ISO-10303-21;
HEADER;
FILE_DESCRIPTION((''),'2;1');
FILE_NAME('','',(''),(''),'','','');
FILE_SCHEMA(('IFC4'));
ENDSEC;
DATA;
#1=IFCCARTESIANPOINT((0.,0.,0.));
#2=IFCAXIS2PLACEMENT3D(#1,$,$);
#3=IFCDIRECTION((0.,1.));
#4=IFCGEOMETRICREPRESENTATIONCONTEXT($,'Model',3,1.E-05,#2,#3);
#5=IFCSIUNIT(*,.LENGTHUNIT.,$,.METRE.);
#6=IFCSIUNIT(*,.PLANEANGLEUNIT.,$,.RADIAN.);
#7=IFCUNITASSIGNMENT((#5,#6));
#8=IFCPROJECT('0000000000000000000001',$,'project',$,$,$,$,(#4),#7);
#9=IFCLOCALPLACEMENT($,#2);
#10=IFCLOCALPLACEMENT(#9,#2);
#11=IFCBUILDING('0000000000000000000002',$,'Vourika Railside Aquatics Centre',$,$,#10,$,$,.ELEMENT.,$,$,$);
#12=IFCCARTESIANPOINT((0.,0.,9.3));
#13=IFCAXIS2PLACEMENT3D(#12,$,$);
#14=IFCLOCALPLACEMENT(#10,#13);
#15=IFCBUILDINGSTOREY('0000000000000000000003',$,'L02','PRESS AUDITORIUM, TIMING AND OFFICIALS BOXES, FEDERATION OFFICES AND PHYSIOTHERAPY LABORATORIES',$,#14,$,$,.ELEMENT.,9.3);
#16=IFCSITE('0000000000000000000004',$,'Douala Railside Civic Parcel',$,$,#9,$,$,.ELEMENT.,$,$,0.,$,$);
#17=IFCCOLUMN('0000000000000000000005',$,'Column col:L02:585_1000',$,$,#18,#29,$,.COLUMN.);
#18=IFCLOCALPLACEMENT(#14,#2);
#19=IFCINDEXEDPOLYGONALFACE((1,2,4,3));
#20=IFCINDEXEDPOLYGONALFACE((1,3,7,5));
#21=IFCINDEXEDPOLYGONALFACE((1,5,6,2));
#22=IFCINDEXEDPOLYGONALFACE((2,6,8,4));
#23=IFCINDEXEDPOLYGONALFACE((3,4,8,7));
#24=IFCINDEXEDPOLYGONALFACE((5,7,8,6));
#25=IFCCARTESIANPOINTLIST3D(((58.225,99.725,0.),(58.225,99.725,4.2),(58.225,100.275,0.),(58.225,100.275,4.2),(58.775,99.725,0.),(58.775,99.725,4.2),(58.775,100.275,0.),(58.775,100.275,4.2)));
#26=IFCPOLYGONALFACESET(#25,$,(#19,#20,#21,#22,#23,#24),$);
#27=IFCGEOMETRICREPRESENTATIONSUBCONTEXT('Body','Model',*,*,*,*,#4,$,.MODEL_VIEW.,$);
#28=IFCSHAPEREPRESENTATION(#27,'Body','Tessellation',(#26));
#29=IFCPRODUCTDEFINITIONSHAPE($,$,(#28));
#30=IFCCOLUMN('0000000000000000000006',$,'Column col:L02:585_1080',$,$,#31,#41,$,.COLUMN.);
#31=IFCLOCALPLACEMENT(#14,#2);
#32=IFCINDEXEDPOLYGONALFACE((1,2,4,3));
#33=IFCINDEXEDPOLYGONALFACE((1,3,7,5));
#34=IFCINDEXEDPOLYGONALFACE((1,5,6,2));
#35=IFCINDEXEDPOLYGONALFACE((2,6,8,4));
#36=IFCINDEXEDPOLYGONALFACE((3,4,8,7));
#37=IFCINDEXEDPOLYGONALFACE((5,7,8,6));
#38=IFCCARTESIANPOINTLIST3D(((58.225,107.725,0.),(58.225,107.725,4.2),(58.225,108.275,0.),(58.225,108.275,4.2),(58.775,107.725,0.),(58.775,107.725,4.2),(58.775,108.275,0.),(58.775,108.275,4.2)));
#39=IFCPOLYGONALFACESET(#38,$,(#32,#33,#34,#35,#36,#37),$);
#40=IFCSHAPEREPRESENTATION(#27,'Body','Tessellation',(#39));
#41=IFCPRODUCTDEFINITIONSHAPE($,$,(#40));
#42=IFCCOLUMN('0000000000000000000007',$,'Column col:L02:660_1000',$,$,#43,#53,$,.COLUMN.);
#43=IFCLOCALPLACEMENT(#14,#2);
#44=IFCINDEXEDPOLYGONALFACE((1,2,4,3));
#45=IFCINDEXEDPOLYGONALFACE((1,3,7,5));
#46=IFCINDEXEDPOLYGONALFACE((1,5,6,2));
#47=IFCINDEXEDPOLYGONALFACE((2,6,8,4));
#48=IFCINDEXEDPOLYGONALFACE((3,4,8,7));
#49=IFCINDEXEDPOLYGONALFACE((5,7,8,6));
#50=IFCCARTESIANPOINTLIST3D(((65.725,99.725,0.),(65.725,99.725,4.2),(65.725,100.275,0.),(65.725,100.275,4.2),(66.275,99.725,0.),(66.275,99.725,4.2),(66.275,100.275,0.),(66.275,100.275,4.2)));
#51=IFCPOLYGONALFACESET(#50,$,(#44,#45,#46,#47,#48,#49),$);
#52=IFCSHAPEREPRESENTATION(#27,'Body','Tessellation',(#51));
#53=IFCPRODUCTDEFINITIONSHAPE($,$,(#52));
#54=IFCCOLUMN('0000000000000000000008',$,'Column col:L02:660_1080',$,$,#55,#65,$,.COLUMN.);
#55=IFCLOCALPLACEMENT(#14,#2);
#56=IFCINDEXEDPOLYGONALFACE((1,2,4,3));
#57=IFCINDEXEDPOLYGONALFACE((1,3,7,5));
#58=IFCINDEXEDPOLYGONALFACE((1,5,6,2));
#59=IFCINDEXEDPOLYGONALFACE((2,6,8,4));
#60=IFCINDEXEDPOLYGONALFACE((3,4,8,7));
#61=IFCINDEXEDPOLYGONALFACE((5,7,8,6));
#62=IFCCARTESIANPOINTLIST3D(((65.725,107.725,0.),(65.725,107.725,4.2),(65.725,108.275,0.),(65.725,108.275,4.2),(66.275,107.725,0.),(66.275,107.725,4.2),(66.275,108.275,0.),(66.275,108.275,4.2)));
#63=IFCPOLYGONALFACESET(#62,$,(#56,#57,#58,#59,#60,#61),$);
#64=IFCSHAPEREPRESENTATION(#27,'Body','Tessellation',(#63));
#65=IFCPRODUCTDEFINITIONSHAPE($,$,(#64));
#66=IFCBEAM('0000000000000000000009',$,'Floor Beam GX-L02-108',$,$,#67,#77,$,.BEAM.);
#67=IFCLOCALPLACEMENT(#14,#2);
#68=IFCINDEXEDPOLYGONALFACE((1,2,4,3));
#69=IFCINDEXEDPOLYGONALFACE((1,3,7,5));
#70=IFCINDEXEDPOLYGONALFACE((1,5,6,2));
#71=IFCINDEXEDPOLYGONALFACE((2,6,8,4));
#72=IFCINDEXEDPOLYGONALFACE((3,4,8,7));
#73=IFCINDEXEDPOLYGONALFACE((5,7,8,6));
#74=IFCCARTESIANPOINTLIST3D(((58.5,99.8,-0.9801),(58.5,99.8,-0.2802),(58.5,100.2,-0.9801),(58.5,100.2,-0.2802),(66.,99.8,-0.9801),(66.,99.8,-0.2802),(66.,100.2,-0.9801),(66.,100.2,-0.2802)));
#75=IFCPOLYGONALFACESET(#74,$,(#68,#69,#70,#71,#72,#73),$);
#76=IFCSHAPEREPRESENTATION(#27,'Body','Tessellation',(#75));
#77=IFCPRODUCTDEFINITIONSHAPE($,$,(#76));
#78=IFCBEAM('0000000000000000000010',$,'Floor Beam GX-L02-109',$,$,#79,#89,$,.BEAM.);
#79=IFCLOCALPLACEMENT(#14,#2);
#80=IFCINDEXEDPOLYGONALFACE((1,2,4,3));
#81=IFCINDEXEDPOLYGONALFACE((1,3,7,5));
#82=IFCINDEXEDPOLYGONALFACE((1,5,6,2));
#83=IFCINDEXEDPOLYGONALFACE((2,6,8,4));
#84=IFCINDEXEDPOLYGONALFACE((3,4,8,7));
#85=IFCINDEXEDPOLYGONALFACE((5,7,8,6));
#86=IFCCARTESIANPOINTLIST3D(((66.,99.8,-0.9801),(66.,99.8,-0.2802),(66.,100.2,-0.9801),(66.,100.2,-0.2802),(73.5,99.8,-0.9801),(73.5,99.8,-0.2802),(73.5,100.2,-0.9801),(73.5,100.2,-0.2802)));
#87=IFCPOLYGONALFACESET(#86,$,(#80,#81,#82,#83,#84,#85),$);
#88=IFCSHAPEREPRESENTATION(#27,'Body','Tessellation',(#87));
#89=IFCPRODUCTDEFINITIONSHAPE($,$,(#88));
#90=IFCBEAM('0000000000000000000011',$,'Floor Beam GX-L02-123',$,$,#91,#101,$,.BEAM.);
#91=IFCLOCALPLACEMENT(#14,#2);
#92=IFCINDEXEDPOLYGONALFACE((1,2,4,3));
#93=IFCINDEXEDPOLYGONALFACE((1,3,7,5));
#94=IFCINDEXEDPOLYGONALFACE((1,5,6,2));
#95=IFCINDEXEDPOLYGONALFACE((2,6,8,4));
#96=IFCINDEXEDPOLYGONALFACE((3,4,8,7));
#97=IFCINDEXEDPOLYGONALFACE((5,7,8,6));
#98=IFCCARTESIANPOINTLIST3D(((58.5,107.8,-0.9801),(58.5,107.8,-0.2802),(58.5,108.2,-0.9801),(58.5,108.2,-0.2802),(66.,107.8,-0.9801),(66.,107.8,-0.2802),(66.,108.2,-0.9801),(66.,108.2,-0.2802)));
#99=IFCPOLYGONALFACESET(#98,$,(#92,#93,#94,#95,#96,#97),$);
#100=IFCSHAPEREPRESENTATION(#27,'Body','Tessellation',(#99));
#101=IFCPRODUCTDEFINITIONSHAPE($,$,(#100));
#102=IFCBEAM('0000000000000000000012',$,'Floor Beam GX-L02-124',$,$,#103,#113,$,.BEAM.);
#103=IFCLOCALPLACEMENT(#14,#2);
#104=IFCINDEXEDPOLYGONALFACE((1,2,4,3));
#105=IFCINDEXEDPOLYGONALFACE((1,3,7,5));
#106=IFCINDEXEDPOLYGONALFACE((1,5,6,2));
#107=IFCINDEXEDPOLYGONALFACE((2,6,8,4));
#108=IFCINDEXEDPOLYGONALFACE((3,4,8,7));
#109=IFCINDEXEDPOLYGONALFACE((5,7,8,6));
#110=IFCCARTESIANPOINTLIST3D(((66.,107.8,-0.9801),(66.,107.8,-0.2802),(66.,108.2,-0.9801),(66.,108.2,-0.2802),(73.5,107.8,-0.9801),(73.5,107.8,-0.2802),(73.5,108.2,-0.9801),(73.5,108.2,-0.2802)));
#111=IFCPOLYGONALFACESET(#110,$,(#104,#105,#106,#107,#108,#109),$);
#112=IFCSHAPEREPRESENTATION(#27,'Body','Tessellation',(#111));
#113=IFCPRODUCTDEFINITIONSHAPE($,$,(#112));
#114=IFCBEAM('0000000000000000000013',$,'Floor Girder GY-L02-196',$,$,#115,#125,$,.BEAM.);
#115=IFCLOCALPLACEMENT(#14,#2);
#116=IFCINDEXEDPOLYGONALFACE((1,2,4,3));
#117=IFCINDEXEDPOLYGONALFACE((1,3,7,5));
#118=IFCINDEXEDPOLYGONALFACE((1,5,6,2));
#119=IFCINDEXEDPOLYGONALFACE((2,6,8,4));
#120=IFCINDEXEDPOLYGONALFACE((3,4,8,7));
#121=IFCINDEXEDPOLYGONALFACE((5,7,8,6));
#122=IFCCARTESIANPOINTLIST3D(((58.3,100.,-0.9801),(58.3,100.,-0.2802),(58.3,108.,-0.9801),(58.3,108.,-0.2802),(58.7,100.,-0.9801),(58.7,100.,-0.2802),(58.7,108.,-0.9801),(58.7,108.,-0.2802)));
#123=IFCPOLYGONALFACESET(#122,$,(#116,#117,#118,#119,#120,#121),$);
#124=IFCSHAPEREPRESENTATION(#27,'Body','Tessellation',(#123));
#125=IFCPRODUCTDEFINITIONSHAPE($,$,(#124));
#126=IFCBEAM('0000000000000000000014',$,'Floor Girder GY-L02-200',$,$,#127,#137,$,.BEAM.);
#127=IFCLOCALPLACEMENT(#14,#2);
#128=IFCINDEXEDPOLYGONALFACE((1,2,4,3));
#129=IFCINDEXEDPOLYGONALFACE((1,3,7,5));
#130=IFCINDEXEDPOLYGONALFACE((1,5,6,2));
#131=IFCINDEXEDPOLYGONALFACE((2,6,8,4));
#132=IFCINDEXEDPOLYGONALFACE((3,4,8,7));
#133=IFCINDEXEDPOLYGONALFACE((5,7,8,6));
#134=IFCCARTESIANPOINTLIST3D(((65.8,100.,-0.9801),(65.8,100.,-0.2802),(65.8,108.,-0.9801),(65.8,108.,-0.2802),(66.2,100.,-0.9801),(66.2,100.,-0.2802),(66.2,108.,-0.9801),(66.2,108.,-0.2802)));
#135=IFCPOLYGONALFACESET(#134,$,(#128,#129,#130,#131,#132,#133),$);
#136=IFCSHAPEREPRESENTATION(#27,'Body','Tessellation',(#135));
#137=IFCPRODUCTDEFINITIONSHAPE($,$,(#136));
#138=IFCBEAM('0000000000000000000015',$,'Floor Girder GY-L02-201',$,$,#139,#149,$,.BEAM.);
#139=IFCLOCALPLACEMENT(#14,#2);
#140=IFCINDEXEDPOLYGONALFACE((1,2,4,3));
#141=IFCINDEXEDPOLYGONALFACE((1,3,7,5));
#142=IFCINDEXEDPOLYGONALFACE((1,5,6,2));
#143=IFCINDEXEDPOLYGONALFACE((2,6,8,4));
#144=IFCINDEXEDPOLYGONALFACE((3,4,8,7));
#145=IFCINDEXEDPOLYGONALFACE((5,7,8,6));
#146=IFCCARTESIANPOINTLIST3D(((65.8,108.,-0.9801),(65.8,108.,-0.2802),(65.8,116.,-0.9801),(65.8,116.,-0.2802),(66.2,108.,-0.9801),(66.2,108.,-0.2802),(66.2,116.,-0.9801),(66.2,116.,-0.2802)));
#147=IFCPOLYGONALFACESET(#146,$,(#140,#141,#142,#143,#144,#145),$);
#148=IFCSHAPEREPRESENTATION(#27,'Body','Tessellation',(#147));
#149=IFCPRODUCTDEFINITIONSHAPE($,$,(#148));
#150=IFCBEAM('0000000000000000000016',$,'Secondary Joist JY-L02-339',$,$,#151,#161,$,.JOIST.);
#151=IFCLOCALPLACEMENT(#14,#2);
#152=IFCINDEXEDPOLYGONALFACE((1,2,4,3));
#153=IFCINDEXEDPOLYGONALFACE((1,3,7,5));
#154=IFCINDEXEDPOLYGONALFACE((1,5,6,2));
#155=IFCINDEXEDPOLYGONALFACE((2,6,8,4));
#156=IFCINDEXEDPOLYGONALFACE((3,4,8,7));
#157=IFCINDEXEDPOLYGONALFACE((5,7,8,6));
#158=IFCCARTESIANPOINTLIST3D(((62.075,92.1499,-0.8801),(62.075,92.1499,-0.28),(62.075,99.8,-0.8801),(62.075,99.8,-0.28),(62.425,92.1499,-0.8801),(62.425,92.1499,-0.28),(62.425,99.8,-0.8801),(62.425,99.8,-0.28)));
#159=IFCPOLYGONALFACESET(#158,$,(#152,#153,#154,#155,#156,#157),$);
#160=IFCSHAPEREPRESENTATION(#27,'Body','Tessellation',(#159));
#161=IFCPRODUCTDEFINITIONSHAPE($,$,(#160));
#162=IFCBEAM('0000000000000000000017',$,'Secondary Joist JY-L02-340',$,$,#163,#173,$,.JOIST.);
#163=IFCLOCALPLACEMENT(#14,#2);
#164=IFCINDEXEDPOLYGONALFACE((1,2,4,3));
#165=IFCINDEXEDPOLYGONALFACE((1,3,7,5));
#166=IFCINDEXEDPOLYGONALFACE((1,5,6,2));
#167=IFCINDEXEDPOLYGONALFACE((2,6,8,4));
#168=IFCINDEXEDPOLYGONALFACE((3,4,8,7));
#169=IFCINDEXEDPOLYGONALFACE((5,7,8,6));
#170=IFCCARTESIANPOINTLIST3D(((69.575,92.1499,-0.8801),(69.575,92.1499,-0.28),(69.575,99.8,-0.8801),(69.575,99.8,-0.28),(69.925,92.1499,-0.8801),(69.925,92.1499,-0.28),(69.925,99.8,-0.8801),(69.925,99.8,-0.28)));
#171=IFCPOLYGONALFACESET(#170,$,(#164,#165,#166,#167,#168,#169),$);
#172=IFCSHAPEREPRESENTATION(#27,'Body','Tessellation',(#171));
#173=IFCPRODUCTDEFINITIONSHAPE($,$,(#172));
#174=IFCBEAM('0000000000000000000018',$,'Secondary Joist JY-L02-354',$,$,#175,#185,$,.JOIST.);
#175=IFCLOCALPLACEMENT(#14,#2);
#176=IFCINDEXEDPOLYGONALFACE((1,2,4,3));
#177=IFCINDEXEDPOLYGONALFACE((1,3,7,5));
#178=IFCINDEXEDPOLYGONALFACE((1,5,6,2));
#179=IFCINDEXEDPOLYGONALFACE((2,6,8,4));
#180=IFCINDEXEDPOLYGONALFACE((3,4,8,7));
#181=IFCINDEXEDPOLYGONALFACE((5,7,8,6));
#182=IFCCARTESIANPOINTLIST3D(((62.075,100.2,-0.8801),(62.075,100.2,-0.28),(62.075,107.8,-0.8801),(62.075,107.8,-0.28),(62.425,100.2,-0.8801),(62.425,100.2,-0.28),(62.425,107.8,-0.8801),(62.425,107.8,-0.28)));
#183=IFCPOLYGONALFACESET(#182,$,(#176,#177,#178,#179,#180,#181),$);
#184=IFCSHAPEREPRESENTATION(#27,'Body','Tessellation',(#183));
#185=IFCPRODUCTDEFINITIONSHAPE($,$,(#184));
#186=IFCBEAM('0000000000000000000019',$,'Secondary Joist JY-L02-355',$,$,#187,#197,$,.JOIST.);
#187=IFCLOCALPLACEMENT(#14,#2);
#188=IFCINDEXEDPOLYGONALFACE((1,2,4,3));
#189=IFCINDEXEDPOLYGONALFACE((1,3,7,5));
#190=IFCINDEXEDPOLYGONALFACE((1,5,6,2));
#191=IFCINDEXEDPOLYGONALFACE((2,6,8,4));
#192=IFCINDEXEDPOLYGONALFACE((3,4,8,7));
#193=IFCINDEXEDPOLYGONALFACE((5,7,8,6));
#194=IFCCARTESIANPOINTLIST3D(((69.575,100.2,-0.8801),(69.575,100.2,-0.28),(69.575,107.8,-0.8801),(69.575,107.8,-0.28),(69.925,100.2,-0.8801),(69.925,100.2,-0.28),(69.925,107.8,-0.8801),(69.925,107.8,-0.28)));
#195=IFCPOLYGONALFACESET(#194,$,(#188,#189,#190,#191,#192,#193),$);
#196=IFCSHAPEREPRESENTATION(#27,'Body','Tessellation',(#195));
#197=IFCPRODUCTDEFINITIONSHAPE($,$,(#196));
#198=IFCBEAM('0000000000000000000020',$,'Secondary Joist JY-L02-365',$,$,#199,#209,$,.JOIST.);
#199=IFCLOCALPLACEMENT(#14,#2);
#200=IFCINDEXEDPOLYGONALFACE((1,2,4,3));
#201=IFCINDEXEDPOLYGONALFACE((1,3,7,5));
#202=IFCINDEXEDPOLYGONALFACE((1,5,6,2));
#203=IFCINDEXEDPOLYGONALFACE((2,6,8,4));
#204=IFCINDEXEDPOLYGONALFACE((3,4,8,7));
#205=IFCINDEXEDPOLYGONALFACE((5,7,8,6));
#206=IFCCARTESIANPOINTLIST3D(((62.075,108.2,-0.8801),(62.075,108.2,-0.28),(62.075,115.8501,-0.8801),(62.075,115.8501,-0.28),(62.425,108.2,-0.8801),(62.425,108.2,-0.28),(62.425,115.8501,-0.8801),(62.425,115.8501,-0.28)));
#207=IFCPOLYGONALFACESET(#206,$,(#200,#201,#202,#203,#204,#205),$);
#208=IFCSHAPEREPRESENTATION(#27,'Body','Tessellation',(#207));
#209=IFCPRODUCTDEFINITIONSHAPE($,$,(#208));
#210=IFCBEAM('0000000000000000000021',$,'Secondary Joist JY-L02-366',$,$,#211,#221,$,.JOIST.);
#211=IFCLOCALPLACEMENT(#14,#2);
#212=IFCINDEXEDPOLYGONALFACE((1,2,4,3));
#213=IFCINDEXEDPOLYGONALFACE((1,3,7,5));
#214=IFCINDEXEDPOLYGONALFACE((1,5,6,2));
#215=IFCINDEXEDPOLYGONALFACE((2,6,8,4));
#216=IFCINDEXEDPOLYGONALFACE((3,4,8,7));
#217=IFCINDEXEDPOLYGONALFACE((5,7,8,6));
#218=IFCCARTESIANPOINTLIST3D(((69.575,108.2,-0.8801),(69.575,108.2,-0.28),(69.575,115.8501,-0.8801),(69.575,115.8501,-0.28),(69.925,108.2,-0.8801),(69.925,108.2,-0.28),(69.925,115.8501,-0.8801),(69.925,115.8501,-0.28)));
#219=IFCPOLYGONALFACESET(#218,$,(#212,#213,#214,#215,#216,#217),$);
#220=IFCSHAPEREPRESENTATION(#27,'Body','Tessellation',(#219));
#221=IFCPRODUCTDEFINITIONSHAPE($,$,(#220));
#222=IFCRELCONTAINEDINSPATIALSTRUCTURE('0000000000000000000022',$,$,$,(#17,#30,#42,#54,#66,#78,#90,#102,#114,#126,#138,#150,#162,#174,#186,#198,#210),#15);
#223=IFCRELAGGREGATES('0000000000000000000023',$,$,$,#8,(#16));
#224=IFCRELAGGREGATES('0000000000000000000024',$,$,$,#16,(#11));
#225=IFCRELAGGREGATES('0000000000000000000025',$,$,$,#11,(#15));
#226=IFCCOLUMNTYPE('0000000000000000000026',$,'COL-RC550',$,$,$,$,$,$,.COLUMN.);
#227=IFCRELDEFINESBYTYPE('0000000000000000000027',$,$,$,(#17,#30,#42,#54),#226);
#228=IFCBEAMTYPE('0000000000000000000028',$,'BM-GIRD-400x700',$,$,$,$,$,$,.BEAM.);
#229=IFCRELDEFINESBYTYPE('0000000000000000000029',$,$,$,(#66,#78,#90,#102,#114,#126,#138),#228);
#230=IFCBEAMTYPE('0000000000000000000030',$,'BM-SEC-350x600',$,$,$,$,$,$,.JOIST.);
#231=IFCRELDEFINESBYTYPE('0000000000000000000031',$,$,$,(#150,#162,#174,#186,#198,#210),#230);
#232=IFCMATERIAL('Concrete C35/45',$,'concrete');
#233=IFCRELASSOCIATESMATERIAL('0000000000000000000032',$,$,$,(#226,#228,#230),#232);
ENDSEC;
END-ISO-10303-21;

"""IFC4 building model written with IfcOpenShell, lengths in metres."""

from ifc_helpers import new_model, si_unit, direction, frame, origin, origin_2d, place, context, subcontext, project, spatial, rectangle, extrude, material, material_profile, profile_set, type_object, element, save


model = new_model("IFC4")

# Units and contexts
model_context = context("Model", 3, precision=1e-05, world=origin(), true_north=direction((0.0, 1.0)))
body_context = subcontext(model_context, "Body", "Model", "MODEL_VIEW")
ifc_project = project(units=[si_unit("LENGTHUNIT", "METRE"), si_unit("PLANEANGLEUNIT", "RADIAN")], contexts=[model_context])

# Site, building, storey
site_placement = place(None, origin())
site = spatial("IfcSite", under=ifc_project, at=site_placement, Name="Douala Railside Civic Parcel", CompositionType="ELEMENT", RefElevation=0.0)
building_placement = place(site_placement, origin())
building = spatial("IfcBuilding", under=site, at=building_placement, Name="Vourika Railside Aquatics Centre", CompositionType="ELEMENT")
storey_placement = place(building_placement, frame((0.0, 0.0, 9.3)))
storey = spatial("IfcBuildingStorey", under=building, at=storey_placement, Name="L02", Description="PRESS AUDITORIUM, TIMING AND OFFICIALS BOXES, FEDERATION OFFICES AND PHYSIOTHERAPY LABORATORIES", CompositionType="ELEMENT", Elevation=9.3)

# Columns
ifc_material_1 = material(Name="Concrete C35/45", Category="concrete")
ifc_material_profile_1 = material_profile(ifc_material_1, rectangle(XDim=0.55, YDim=0.55, at=origin_2d()), Name="RC 550x550")
ifc_profile_set_1 = profile_set([ifc_material_profile_1], Name="Concrete C35/45")
column_type = type_object("IfcColumnType", Name="COL-RC550", PredefinedType="COLUMN", material=ifc_profile_set_1)
for number, where, z_axis, x_axis, name in (
    (1, (58.5, 100.0, 0.0), (0.0, 0.0, 1.0), (1.0, 0.0, 0.0), "Column col:L02:585_1000"),
    (2, (58.5, 108.0, 0.0), (0.0, 0.0, 1.0), (1.0, 0.0, 0.0), "Column col:L02:585_1080"),
    (3, (66.0, 100.0, 0.0), (0.0, 0.0, 1.0), (1.0, 0.0, 0.0), "Column col:L02:660_1000"),
    (4, (66.0, 108.0, 0.0), (0.0, 0.0, 1.0), (1.0, 0.0, 0.0), "Column col:L02:660_1080"),
):
    element("IfcColumn", number, at=place(storey_placement, frame(where, z_axis=z_axis, x_axis=x_axis)), inside=storey, type_object=column_type, Name=name, PredefinedType="COLUMN", context=body_context, shape_type="SweptSolid", body=[
        extrude(rectangle(XDim=0.55, YDim=0.55, at=origin_2d()), origin(), (0.0, 0.0, 1.0), 4.2),
    ])

# Beams
ifc_material_profile_2 = material_profile(ifc_material_1, rectangle(XDim=0.3999, YDim=0.7, at=origin_2d()), Name="RC 400x700")
ifc_profile_set_2 = profile_set([ifc_material_profile_2], Name="Concrete C35/45")
beam_type_1 = type_object("IfcBeamType", Name="BM-GIRD-400x700", PredefinedType="BEAM", material=ifc_profile_set_2)
for number, where, z_axis, x_axis, name in (
    (5, (58.5, 100.0, -0.6301), (1.0, 0.0, 0.0), (0.0, 1.0, 0.0), "Floor Beam GX-L02-108"),
    (6, (66.0, 100.0, -0.6301), (1.0, 0.0, 0.0), (0.0, 1.0, 0.0), "Floor Beam GX-L02-109"),
    (7, (58.5, 108.0, -0.6301), (1.0, 0.0, 0.0), (0.0, 1.0, 0.0), "Floor Beam GX-L02-123"),
    (8, (66.0, 108.0, -0.6301), (1.0, 0.0, 0.0), (0.0, 1.0, 0.0), "Floor Beam GX-L02-124"),
):
    element("IfcBeam", number, at=place(storey_placement, frame(where, z_axis=z_axis, x_axis=x_axis)), inside=storey, type_object=beam_type_1, Name=name, PredefinedType="BEAM", context=body_context, shape_type="SweptSolid", body=[
        extrude(rectangle(XDim=0.3999, YDim=0.7, at=origin_2d()), origin(), (0.0, 0.0, 1.0), 7.5),
    ])
for number, where, z_axis, x_axis, name in (
    (9, (58.5, 100.0, -0.6301), (0.0, 1.0, 0.0), (-1.0, 0.0, 0.0), "Floor Girder GY-L02-196"),
    (10, (66.0, 100.0, -0.6301), (0.0, 1.0, 0.0), (-1.0, 0.0, 0.0), "Floor Girder GY-L02-200"),
    (11, (66.0, 108.0, -0.6301), (0.0, 1.0, 0.0), (-1.0, 0.0, 0.0), "Floor Girder GY-L02-201"),
):
    element("IfcBeam", number, at=place(storey_placement, frame(where, z_axis=z_axis, x_axis=x_axis)), inside=storey, type_object=beam_type_1, Name=name, PredefinedType="BEAM", context=body_context, shape_type="SweptSolid", body=[
        extrude(rectangle(XDim=0.3999, YDim=0.7, at=origin_2d()), origin(), (0.0, 0.0, 1.0), 8.0),
    ])
ifc_material_profile_3 = material_profile(ifc_material_1, rectangle(XDim=0.3501, YDim=0.6001, at=origin_2d()), Name="RC 350x600")
ifc_profile_set_3 = profile_set([ifc_material_profile_3], Name="Concrete C35/45")
beam_type_2 = type_object("IfcBeamType", Name="BM-SEC-350x600", PredefinedType="JOIST", material=ifc_profile_set_3)
for number, where, z_axis, x_axis, name in (
    (12, (62.25, 92.1499, -0.5801), (0.0, 1.0, 0.0), (-1.0, 0.0, 0.0), "Secondary Joist JY-L02-339"),
    (13, (69.75, 92.1499, -0.5801), (0.0, 1.0, 0.0), (-1.0, 0.0, 0.0), "Secondary Joist JY-L02-340"),
):
    element("IfcBeam", number, at=place(storey_placement, frame(where, z_axis=z_axis, x_axis=x_axis)), inside=storey, type_object=beam_type_2, Name=name, PredefinedType="JOIST", context=body_context, shape_type="SweptSolid", body=[
        extrude(rectangle(XDim=0.3501, YDim=0.6001, at=origin_2d()), origin(), (0.0, 0.0, 1.0), 7.6501),
    ])
for number, where, z_axis, x_axis, name in (
    (14, (62.25, 100.2, -0.5801), (0.0, 1.0, 0.0), (-1.0, 0.0, 0.0), "Secondary Joist JY-L02-354"),
    (15, (69.75, 100.2, -0.5801), (0.0, 1.0, 0.0), (-1.0, 0.0, 0.0), "Secondary Joist JY-L02-355"),
):
    element("IfcBeam", number, at=place(storey_placement, frame(where, z_axis=z_axis, x_axis=x_axis)), inside=storey, type_object=beam_type_2, Name=name, PredefinedType="JOIST", context=body_context, shape_type="SweptSolid", body=[
        extrude(rectangle(XDim=0.3501, YDim=0.6001, at=origin_2d()), origin(), (0.0, 0.0, 1.0), 7.6001),
    ])
for number, where, z_axis, x_axis, name in (
    (16, (62.25, 108.2, -0.5801), (0.0, 1.0, 0.0), (-1.0, 0.0, 0.0), "Secondary Joist JY-L02-365"),
    (17, (69.75, 108.2, -0.5801), (0.0, 1.0, 0.0), (-1.0, 0.0, 0.0), "Secondary Joist JY-L02-366"),
):
    element("IfcBeam", number, at=place(storey_placement, frame(where, z_axis=z_axis, x_axis=x_axis)), inside=storey, type_object=beam_type_2, Name=name, PredefinedType="JOIST", context=body_context, shape_type="SweptSolid", body=[
        extrude(rectangle(XDim=0.3501, YDim=0.6001, at=origin_2d()), origin(), (0.0, 0.0, 1.0), 7.6501),
    ])

save(model, "model.ifc")
